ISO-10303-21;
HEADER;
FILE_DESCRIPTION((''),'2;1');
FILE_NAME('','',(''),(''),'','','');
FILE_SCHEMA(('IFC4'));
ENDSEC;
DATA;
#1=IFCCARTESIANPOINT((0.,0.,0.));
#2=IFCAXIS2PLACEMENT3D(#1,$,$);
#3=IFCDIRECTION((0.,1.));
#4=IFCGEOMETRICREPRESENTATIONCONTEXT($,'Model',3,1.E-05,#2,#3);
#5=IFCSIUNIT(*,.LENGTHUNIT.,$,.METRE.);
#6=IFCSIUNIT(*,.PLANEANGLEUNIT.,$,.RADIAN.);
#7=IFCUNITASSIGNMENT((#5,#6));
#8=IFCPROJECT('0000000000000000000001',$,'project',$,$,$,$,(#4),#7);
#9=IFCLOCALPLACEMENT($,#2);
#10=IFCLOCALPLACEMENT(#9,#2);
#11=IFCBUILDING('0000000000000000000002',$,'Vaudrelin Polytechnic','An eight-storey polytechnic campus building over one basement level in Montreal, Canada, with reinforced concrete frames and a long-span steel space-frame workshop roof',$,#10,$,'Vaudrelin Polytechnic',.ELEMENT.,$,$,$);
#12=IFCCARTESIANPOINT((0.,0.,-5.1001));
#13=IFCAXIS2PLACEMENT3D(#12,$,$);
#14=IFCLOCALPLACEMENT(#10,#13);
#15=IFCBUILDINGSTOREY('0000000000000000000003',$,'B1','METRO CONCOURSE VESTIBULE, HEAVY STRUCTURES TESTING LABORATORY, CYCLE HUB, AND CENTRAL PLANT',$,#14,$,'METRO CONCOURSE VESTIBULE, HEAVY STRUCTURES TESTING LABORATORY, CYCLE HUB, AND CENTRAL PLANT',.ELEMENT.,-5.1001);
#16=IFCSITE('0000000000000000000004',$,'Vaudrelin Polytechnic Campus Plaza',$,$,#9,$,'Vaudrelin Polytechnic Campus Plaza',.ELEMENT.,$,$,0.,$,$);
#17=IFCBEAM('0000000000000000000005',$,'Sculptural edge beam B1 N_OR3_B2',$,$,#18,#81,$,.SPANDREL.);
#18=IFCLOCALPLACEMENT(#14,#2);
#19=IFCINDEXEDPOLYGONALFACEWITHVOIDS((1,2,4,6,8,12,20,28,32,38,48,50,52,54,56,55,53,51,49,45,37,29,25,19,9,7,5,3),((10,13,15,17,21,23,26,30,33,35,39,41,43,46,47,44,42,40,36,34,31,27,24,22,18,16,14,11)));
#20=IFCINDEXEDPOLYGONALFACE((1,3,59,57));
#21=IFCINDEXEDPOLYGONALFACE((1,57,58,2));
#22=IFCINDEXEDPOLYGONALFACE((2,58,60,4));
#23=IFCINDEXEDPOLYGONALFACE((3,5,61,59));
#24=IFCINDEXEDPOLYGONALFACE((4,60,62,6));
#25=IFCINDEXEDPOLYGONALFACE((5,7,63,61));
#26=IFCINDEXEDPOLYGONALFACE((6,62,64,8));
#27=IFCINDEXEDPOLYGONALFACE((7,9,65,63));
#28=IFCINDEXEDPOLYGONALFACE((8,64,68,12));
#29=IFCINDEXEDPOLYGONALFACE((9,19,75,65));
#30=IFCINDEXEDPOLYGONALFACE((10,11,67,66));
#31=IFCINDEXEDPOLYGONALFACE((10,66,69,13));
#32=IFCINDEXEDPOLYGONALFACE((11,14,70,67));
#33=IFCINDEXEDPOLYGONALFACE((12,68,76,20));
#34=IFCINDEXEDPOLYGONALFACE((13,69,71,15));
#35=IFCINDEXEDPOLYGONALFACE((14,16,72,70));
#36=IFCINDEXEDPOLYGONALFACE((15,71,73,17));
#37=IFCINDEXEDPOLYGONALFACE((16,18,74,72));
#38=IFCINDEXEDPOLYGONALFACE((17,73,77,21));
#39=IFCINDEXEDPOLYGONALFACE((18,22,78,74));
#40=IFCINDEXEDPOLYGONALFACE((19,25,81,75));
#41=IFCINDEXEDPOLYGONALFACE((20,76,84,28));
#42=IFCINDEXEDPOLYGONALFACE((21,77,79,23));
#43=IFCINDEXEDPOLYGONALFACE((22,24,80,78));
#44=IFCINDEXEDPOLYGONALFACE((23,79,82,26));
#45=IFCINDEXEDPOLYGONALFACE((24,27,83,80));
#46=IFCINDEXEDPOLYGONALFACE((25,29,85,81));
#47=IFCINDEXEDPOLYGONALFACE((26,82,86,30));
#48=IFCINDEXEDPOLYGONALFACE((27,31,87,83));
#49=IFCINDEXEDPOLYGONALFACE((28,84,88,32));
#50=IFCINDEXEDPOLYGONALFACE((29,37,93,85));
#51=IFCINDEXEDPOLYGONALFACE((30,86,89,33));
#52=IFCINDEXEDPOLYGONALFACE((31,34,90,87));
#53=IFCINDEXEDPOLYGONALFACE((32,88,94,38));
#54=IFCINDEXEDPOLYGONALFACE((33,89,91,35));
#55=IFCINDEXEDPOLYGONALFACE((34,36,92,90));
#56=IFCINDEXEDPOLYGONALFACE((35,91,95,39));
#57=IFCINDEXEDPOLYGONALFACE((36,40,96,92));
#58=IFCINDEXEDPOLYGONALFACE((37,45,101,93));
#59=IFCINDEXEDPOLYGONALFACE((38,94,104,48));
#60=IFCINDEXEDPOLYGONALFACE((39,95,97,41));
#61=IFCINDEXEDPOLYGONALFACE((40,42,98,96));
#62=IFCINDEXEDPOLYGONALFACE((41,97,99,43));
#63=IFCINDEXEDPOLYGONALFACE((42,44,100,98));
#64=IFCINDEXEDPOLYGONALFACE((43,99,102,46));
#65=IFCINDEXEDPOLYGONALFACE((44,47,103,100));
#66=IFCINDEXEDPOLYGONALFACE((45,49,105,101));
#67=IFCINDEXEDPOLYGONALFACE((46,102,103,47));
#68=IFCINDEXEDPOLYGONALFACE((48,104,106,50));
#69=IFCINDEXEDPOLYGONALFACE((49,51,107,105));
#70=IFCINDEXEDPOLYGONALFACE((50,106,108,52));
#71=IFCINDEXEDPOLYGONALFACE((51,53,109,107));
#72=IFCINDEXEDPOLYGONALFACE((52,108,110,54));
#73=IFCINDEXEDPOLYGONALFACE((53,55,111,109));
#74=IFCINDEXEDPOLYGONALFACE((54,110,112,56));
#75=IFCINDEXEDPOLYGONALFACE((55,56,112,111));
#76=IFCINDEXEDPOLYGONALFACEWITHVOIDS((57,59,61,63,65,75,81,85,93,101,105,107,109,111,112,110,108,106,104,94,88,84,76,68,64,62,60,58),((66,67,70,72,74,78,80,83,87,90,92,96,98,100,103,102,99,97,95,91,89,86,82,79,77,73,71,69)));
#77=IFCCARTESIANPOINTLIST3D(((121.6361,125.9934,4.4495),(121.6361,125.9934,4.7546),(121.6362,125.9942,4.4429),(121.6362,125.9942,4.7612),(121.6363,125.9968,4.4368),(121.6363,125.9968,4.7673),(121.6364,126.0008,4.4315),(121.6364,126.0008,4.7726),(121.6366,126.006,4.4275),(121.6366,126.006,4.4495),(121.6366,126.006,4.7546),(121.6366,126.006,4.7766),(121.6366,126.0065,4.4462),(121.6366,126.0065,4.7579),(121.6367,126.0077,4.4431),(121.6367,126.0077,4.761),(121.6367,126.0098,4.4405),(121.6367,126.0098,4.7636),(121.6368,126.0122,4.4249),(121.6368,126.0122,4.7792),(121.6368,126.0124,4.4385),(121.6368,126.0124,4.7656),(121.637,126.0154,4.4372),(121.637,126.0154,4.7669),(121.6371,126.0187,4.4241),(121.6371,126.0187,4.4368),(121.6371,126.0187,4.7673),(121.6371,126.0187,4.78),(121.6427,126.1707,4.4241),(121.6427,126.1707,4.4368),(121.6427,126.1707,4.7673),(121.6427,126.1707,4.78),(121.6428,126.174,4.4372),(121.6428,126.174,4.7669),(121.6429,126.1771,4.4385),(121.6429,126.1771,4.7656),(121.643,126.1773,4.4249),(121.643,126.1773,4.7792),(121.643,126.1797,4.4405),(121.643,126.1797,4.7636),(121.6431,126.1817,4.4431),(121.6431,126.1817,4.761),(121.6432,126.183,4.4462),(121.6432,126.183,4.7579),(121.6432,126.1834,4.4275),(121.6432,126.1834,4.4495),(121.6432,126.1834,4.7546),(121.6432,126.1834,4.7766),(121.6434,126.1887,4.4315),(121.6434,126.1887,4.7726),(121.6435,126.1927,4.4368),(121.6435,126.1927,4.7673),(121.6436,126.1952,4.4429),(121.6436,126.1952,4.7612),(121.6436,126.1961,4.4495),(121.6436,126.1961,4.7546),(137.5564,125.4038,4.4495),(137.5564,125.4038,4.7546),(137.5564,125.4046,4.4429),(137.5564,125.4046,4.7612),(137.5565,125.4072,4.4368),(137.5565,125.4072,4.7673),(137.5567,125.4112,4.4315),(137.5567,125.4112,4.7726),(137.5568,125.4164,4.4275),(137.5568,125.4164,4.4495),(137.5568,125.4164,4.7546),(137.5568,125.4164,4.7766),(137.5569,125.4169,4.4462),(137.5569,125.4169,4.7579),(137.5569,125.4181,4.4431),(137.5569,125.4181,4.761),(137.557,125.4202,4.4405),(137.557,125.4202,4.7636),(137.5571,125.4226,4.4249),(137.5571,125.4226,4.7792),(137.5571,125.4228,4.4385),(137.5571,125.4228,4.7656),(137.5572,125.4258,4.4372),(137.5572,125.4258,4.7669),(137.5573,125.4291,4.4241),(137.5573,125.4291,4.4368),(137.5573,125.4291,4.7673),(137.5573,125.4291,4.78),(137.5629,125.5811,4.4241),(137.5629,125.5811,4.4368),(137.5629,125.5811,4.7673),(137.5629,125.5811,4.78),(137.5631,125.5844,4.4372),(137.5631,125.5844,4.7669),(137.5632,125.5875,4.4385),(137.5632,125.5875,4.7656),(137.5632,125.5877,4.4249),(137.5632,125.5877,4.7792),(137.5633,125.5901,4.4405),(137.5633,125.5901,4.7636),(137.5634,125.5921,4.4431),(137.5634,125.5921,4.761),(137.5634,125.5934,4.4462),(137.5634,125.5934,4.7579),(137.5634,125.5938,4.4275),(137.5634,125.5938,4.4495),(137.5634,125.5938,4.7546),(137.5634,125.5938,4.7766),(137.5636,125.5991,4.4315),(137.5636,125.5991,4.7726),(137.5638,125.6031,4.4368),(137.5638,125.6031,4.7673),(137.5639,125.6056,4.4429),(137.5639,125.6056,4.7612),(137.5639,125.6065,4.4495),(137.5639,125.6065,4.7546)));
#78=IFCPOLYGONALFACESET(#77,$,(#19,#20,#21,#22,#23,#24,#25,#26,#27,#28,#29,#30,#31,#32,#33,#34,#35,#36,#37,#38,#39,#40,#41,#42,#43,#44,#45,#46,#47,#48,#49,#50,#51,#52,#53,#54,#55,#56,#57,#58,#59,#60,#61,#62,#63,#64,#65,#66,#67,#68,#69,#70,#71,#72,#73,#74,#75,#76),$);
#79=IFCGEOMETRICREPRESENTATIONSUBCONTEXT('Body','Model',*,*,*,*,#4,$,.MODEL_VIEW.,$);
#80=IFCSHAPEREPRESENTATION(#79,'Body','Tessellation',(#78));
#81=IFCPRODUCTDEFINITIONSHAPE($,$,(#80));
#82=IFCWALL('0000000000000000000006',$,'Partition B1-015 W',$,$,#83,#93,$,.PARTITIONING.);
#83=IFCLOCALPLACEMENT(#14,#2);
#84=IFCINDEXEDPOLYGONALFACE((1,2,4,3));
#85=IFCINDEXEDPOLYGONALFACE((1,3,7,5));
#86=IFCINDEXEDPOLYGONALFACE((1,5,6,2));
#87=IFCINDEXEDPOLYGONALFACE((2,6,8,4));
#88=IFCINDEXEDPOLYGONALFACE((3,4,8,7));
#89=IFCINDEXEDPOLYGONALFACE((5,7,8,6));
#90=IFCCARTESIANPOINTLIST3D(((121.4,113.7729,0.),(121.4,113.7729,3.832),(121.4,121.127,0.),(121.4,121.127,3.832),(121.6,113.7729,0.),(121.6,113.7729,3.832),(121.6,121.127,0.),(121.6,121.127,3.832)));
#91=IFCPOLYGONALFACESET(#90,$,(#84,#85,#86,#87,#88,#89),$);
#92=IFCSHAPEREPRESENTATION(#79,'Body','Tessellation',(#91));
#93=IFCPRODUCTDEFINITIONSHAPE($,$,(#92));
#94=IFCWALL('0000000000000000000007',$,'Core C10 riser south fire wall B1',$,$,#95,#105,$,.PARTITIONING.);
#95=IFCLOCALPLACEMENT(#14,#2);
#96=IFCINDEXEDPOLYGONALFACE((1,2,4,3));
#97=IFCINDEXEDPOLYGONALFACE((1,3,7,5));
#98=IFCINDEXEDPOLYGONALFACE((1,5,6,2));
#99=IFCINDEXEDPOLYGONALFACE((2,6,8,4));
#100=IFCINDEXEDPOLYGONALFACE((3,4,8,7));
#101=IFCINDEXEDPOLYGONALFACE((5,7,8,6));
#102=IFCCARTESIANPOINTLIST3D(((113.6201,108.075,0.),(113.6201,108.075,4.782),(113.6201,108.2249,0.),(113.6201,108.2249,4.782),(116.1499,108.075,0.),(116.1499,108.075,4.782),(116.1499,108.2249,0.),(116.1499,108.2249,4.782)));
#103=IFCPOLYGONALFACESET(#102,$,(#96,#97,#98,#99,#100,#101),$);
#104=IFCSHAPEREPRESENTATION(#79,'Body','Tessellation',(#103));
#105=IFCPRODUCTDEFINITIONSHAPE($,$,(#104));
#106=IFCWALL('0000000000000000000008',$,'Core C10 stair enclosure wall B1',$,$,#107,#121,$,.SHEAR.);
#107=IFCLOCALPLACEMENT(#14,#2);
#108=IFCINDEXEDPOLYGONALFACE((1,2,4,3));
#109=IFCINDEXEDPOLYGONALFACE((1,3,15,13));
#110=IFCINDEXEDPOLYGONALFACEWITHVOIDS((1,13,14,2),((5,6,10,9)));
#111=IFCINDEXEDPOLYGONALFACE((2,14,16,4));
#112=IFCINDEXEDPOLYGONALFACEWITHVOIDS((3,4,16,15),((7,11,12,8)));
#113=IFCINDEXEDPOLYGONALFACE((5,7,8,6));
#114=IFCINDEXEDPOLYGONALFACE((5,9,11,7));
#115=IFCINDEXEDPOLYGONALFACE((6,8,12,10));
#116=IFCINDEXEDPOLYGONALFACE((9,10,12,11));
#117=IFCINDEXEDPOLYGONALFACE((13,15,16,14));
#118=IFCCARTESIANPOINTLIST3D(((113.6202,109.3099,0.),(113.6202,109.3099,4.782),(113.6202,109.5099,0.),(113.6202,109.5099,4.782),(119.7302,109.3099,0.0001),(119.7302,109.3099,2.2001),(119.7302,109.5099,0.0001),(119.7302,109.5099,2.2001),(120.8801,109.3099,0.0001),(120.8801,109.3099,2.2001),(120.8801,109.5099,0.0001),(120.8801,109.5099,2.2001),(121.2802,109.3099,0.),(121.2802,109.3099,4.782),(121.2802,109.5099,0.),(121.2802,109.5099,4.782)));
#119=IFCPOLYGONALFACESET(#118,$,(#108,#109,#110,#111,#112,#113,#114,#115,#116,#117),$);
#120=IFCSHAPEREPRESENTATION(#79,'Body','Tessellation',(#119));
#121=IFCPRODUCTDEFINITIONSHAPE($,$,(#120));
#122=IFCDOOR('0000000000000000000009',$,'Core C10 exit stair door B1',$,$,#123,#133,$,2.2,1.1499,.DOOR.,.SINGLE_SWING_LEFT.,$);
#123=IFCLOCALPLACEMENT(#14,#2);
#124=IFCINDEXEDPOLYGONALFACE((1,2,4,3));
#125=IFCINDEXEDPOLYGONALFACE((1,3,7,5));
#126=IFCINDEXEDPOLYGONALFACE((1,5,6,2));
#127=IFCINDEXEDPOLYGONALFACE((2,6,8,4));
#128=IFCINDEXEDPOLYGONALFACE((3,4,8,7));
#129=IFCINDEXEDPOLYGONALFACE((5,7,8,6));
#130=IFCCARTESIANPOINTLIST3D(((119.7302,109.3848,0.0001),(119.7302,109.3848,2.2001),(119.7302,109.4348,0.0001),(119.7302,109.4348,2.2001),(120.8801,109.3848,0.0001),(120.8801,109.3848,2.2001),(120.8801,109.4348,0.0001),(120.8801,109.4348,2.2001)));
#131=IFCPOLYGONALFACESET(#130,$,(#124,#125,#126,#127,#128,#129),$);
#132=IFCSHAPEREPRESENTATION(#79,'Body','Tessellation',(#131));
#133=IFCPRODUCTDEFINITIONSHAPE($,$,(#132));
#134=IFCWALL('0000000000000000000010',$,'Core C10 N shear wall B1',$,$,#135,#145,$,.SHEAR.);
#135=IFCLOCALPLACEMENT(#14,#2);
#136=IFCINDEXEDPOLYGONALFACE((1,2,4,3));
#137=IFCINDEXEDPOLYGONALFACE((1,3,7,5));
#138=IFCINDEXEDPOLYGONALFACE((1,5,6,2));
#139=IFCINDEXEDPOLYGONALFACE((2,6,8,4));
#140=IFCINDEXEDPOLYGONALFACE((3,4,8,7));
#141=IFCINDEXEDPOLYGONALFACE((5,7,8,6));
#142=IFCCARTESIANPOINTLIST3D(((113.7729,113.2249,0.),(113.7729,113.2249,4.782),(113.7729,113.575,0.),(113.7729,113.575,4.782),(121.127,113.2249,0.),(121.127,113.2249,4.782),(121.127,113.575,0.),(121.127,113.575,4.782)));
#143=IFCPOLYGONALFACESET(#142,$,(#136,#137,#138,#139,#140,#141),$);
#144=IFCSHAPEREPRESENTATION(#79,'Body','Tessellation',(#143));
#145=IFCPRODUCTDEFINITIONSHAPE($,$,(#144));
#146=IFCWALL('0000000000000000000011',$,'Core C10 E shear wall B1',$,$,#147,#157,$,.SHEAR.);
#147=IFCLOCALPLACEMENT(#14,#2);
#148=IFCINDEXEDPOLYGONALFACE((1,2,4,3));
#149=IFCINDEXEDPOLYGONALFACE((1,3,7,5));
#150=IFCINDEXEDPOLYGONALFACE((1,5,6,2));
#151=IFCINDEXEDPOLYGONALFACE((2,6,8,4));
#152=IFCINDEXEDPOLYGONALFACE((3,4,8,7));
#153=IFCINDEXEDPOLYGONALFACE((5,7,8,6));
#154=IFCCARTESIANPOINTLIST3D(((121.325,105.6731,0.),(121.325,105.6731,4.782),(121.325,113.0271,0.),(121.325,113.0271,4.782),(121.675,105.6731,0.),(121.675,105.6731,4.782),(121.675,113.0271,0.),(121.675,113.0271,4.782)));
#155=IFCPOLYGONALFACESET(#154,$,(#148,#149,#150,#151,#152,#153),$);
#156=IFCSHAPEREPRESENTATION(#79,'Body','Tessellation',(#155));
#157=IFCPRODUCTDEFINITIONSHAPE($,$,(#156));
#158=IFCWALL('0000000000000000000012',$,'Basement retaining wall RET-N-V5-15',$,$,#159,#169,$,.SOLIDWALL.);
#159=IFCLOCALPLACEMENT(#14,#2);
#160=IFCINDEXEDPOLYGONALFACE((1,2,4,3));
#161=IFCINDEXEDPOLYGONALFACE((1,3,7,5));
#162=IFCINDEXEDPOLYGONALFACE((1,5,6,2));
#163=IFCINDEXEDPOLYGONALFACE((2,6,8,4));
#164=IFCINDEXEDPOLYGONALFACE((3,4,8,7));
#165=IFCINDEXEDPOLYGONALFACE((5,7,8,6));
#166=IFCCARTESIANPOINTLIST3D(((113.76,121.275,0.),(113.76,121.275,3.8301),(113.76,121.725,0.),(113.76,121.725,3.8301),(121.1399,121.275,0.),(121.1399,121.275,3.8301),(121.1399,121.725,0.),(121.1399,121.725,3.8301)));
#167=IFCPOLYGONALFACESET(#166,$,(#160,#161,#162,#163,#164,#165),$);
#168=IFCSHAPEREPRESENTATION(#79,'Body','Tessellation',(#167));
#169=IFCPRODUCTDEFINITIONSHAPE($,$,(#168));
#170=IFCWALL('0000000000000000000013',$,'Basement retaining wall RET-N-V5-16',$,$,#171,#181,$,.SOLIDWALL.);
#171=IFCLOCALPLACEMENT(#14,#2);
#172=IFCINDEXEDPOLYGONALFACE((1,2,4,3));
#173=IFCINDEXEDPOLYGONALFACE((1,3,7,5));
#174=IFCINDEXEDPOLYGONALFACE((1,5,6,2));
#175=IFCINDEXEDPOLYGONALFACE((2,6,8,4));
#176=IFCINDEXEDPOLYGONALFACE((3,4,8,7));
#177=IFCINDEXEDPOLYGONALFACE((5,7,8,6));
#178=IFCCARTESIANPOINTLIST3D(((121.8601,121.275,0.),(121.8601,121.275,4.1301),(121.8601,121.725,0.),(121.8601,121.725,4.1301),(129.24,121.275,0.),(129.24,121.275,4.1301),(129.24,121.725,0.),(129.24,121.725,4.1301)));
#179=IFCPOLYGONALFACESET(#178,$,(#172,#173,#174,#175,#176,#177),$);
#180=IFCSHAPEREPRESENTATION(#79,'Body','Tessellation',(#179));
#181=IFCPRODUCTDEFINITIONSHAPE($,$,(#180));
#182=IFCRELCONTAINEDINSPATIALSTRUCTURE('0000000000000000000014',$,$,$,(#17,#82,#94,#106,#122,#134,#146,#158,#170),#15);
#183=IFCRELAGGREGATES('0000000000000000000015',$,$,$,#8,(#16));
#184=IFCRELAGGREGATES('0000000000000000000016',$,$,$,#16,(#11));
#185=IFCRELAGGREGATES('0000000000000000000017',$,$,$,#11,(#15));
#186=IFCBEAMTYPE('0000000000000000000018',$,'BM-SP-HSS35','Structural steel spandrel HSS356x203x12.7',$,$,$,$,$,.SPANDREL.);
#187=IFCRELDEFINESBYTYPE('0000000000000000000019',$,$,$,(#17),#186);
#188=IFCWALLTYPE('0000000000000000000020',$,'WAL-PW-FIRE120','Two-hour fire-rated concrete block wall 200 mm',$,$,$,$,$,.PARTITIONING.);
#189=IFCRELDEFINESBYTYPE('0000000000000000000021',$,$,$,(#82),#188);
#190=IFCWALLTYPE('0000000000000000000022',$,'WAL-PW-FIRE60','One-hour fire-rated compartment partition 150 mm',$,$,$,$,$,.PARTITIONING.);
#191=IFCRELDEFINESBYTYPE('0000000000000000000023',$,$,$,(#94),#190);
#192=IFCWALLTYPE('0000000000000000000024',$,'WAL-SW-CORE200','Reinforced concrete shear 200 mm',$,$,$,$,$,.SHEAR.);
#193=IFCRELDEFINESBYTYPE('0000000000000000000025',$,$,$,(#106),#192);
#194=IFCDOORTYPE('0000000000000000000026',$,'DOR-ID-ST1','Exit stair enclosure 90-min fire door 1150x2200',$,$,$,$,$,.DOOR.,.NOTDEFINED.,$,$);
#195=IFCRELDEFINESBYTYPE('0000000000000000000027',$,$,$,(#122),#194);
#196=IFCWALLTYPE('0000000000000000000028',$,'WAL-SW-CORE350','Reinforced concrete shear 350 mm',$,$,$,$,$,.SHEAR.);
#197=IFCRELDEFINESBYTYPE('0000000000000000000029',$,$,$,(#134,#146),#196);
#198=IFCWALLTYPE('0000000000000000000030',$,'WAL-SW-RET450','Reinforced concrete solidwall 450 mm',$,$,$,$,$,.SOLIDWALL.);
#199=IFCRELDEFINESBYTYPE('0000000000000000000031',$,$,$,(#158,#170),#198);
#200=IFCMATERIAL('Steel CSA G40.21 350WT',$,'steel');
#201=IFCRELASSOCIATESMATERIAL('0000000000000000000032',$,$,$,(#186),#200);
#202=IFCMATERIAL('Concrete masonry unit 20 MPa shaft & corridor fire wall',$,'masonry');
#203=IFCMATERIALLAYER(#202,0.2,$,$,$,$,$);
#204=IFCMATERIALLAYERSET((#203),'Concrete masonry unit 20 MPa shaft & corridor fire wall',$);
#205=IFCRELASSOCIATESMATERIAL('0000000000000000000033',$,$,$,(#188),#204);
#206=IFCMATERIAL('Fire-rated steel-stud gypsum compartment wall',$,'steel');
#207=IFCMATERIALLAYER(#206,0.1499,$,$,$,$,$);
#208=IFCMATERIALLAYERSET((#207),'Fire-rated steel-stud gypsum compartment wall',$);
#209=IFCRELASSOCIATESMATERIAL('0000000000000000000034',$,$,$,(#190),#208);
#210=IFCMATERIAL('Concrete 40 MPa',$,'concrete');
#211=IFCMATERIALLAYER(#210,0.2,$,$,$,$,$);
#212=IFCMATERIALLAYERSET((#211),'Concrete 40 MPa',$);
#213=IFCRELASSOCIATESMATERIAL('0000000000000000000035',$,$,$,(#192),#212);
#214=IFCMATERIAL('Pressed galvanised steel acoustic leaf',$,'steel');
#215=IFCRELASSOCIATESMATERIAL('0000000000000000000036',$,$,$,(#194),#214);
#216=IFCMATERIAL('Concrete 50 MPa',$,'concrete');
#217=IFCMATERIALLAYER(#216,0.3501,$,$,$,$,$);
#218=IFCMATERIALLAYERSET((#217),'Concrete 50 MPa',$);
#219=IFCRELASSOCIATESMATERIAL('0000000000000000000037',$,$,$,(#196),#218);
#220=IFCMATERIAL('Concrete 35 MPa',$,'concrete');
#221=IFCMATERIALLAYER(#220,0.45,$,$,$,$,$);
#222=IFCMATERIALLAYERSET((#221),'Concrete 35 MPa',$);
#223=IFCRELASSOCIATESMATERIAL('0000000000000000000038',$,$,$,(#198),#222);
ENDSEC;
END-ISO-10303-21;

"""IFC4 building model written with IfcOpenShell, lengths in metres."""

from ifc_helpers import new_model, si_unit, direction, frame, frame_2d, origin, origin_2d, place, context, subcontext, project, spatial, rectangle, hollow_rectangle, extrude, material, layer, layer_set, material_profile, profile_set, type_object, element, fill, save


model = new_model("IFC4")

# Units and contexts
model_context = context("Model", 3, precision=1e-05, world=origin(), true_north=direction((0.0, 1.0)))
body_context = subcontext(model_context, "Body", "Model", "MODEL_VIEW")
ifc_project = project(units=[si_unit("LENGTHUNIT", "METRE"), si_unit("PLANEANGLEUNIT", "RADIAN")], contexts=[model_context])

# Site, building, storey
site_placement = place(None, origin())
site = spatial("IfcSite", under=ifc_project, at=site_placement, Name="Vaudrelin Polytechnic Campus Plaza", LongName="Vaudrelin Polytechnic Campus Plaza", CompositionType="ELEMENT", RefElevation=0.0)
building_placement = place(site_placement, origin())
building = spatial("IfcBuilding", under=site, at=building_placement, Name="Vaudrelin Polytechnic", Description="An eight-storey polytechnic campus building over one basement level in Montreal, Canada, with reinforced concrete frames and a long-span steel space-frame workshop roof", LongName="Vaudrelin Polytechnic", CompositionType="ELEMENT")
storey_placement = place(building_placement, frame((0.0, 0.0, -5.1001)))
storey = spatial("IfcBuildingStorey", under=building, at=storey_placement, Name="B1", Description="METRO CONCOURSE VESTIBULE, HEAVY STRUCTURES TESTING LABORATORY, CYCLE HUB, AND CENTRAL PLANT", LongName="METRO CONCOURSE VESTIBULE, HEAVY STRUCTURES TESTING LABORATORY, CYCLE HUB, AND CENTRAL PLANT", CompositionType="ELEMENT", Elevation=-5.1001)

# Shared definitions
ifc_material_1 = material(Name="Concrete 40 MPa", Category="concrete")

# Shared definitions
ifc_material_2 = material(Name="Steel CSA G40.21 350WT", Category="steel")
ifc_material_3 = material(Name="Concrete 50 MPa", Category="concrete")

# Beam
ifc_material_profile_1 = material_profile(ifc_material_2, hollow_rectangle(XDim=0.2029, YDim=0.356, WallThickness=0.0127, InnerFilletRadius=0.0127, OuterFilletRadius=0.0254, at=origin_2d()), Name="HSS356x203x12.7")
ifc_profile_set_1 = profile_set([ifc_material_profile_1], Name="Steel CSA G40.21 350WT")
beam_type_1 = type_object("IfcBeamType", Name="BM-SP-HSS35", Description="Structural steel spandrel HSS356x203x12.7", PredefinedType="SPANDREL", material=ifc_profile_set_1)
beam_1_placement = place(storey_placement, frame((121.6399, 126.0947, 4.6021), z_axis=(0.999315, -0.037009, 0.0), x_axis=(0.037009, 0.999315, 0.0)))
element("IfcBeam", 1, at=beam_1_placement, inside=storey, type_object=beam_type_1, Name="Sculptural edge beam B1 N_OR3_B2", PredefinedType="SPANDREL", context=body_context, shape_type="SweptSolid", body=[
    extrude(hollow_rectangle(XDim=0.2029, YDim=0.356, WallThickness=0.0127, InnerFilletRadius=0.0127, OuterFilletRadius=0.0254, at=origin_2d()), origin(), (0.0, 0.0, 1.0), 15.9312),
])

# Wall
ifc_material_4 = material(Name="Concrete masonry unit 20 MPa shaft & corridor fire wall", Category="masonry")
ifc_layer_1 = layer(ifc_material_4, 0.2)
ifc_layer_set_1 = layer_set([ifc_layer_1], Name="Concrete masonry unit 20 MPa shaft & corridor fire wall")
wall_type_1 = type_object("IfcWallType", Name="WAL-PW-FIRE120", Description="Two-hour fire-rated concrete block wall 200 mm", PredefinedType="PARTITIONING", material=ifc_layer_set_1)
wall_1_placement = place(storey_placement, frame((121.5, 113.7729, 0.0), z_axis=(0.0, 0.0, 1.0), x_axis=(0.0, 1.0, 0.0)))
element("IfcWall", 2, at=wall_1_placement, inside=storey, type_object=wall_type_1, Name="Partition B1-015 W", PredefinedType="PARTITIONING", context=body_context, shape_type="SweptSolid", body=[
    extrude(rectangle(XDim=7.354, YDim=0.2, at=frame_2d((3.677, 0.0))), origin(), (0.0, 0.0, 1.0), 3.832),
])

# Shared definitions
ifc_material_5 = material(Name="Fire-rated steel-stud gypsum compartment wall", Category="steel")
ifc_layer_2 = layer(ifc_material_5, 0.1499)
ifc_layer_set_2 = layer_set([ifc_layer_2], Name="Fire-rated steel-stud gypsum compartment wall")
wall_type_2 = type_object("IfcWallType", Name="WAL-PW-FIRE60", Description="One-hour fire-rated compartment partition 150 mm", PredefinedType="PARTITIONING", material=ifc_layer_set_2)
ifc_material_6 = material(Name="Pressed galvanised steel acoustic leaf", Category="steel")

# Wall
wall_2_placement = place(storey_placement, frame((113.6201, 108.1499, 0.0), z_axis=(0.0, 0.0, 1.0), x_axis=(1.0, 0.0, 0.0)))
element("IfcWall", 3, at=wall_2_placement, inside=storey, type_object=wall_type_2, Name="Core C10 riser south fire wall B1", PredefinedType="PARTITIONING", context=body_context, shape_type="SweptSolid", body=[
    extrude(rectangle(XDim=2.5298, YDim=0.1499, at=frame_2d((1.2649, 0.0))), origin(), (0.0, 0.0, 1.0), 4.782),
])

# Wall, opening, door
ifc_layer_3 = layer(ifc_material_1, 0.2)
ifc_layer_set_3 = layer_set([ifc_layer_3], Name="Concrete 40 MPa")
wall_type_3 = type_object("IfcWallType", Name="WAL-SW-CORE200", Description="Reinforced concrete shear 200 mm", PredefinedType="SHEAR", material=ifc_layer_set_3)
wall_3_placement = place(storey_placement, frame((113.6201, 109.4099, 0.0), z_axis=(0.0, 0.0, 1.0), x_axis=(1.0, 0.0, 0.0)))
wall_3 = element("IfcWall", 4, at=wall_3_placement, inside=storey, type_object=wall_type_3, Name="Core C10 stair enclosure wall B1", PredefinedType="SHEAR", context=body_context, shape_type="SweptSolid", body=[
    extrude(rectangle(XDim=7.6599, YDim=0.2, at=frame_2d((3.8301, 0.0))), origin(), (0.0, 0.0, 1.0), 4.782),
])
opening_1_placement = place(wall_3_placement, frame((6.1101, 0.0, 0.0)))
opening_1 = element("IfcOpeningElement", 5, at=opening_1_placement, cuts=wall_3, PredefinedType="OPENING", context=body_context, shape_type="SweptSolid", body=[
    extrude(rectangle(XDim=1.1499, YDim=2.2, at=frame_2d((0.575, 1.1001))), frame((0.0, 0.1099, 0.0), z_axis=(0.0, -1.0, 0.0), x_axis=(1.0, 0.0, 0.0)), (0.0, 0.0, 1.0), 0.22),
])
door_type_1 = type_object("IfcDoorType", Name="DOR-ID-ST1", Description="Exit stair enclosure 90-min fire door 1150x2200", OperationType="NOTDEFINED", PredefinedType="DOOR", material=ifc_material_6)
door_1_placement = place(opening_1_placement, origin())
door_1 = element("IfcDoor", 6, at=door_1_placement, inside=storey, type_object=door_type_1, Name="Core C10 exit stair door B1", OperationType="SINGLE_SWING_LEFT", OverallHeight=2.2, OverallWidth=1.1499, PredefinedType="DOOR", context=body_context, shape_type="SweptSolid", body=[
    extrude(rectangle(XDim=1.1499, YDim=2.2, at=frame_2d((0.575, 1.1001))), frame((0.0, 0.0249, 0.0), z_axis=(0.0, -1.0, 0.0), x_axis=(1.0, 0.0, 0.0)), (0.0, 0.0, 1.0), 0.05),
])
fill(opening_1, door_1)

# Walls
ifc_layer_4 = layer(ifc_material_3, 0.3501)
ifc_layer_set_4 = layer_set([ifc_layer_4], Name="Concrete 50 MPa")
wall_type_4 = type_object("IfcWallType", Name="WAL-SW-CORE350", Description="Reinforced concrete shear 350 mm", PredefinedType="SHEAR", material=ifc_layer_set_4)
for number, where, z_axis, x_axis, name in (
    (7, (113.7729, 113.3999, 0.0), (0.0, 0.0, 1.0), (1.0, 0.0, 0.0), "Core C10 N shear wall B1"),
    (8, (121.5, 105.6731, 0.0), (0.0, 0.0, 1.0), (0.0, 1.0, 0.0), "Core C10 E shear wall B1"),
):
    element("IfcWall", number, at=place(storey_placement, frame(where, z_axis=z_axis, x_axis=x_axis)), inside=storey, type_object=wall_type_4, Name=name, PredefinedType="SHEAR", context=body_context, shape_type="SweptSolid", body=[
        extrude(rectangle(XDim=7.354, YDim=0.3501, at=frame_2d((3.677, 0.0))), origin(), (0.0, 0.0, 1.0), 4.782),
    ])
ifc_material_7 = material(Name="Concrete 35 MPa", Category="concrete")
ifc_layer_5 = layer(ifc_material_7, 0.45)
ifc_layer_set_5 = layer_set([ifc_layer_5], Name="Concrete 35 MPa")
wall_type_5 = type_object("IfcWallType", Name="WAL-SW-RET450", Description="Reinforced concrete solidwall 450 mm", PredefinedType="SOLIDWALL", material=ifc_layer_set_5)
wall_4_placement = place(storey_placement, frame((113.76, 121.5, 0.0), z_axis=(0.0, 0.0, 1.0), x_axis=(1.0, 0.0, 0.0)))
element("IfcWall", 9, at=wall_4_placement, inside=storey, type_object=wall_type_5, Name="Basement retaining wall RET-N-V5-15", PredefinedType="SOLIDWALL", context=body_context, shape_type="SweptSolid", body=[
    extrude(rectangle(XDim=7.3799, YDim=0.45, at=frame_2d((3.6899, 0.0))), origin(), (0.0, 0.0, 1.0), 3.8301),
])
wall_5_placement = place(storey_placement, frame((121.8601, 121.5, 0.0), z_axis=(0.0, 0.0, 1.0), x_axis=(1.0, 0.0, 0.0)))
element("IfcWall", 10, at=wall_5_placement, inside=storey, type_object=wall_type_5, Name="Basement retaining wall RET-N-V5-16", PredefinedType="SOLIDWALL", context=body_context, shape_type="SweptSolid", body=[
    extrude(rectangle(XDim=7.3799, YDim=0.45, at=frame_2d((3.6899, 0.0))), origin(), (0.0, 0.0, 1.0), 4.1301),
])

save(model, "model.ifc")
